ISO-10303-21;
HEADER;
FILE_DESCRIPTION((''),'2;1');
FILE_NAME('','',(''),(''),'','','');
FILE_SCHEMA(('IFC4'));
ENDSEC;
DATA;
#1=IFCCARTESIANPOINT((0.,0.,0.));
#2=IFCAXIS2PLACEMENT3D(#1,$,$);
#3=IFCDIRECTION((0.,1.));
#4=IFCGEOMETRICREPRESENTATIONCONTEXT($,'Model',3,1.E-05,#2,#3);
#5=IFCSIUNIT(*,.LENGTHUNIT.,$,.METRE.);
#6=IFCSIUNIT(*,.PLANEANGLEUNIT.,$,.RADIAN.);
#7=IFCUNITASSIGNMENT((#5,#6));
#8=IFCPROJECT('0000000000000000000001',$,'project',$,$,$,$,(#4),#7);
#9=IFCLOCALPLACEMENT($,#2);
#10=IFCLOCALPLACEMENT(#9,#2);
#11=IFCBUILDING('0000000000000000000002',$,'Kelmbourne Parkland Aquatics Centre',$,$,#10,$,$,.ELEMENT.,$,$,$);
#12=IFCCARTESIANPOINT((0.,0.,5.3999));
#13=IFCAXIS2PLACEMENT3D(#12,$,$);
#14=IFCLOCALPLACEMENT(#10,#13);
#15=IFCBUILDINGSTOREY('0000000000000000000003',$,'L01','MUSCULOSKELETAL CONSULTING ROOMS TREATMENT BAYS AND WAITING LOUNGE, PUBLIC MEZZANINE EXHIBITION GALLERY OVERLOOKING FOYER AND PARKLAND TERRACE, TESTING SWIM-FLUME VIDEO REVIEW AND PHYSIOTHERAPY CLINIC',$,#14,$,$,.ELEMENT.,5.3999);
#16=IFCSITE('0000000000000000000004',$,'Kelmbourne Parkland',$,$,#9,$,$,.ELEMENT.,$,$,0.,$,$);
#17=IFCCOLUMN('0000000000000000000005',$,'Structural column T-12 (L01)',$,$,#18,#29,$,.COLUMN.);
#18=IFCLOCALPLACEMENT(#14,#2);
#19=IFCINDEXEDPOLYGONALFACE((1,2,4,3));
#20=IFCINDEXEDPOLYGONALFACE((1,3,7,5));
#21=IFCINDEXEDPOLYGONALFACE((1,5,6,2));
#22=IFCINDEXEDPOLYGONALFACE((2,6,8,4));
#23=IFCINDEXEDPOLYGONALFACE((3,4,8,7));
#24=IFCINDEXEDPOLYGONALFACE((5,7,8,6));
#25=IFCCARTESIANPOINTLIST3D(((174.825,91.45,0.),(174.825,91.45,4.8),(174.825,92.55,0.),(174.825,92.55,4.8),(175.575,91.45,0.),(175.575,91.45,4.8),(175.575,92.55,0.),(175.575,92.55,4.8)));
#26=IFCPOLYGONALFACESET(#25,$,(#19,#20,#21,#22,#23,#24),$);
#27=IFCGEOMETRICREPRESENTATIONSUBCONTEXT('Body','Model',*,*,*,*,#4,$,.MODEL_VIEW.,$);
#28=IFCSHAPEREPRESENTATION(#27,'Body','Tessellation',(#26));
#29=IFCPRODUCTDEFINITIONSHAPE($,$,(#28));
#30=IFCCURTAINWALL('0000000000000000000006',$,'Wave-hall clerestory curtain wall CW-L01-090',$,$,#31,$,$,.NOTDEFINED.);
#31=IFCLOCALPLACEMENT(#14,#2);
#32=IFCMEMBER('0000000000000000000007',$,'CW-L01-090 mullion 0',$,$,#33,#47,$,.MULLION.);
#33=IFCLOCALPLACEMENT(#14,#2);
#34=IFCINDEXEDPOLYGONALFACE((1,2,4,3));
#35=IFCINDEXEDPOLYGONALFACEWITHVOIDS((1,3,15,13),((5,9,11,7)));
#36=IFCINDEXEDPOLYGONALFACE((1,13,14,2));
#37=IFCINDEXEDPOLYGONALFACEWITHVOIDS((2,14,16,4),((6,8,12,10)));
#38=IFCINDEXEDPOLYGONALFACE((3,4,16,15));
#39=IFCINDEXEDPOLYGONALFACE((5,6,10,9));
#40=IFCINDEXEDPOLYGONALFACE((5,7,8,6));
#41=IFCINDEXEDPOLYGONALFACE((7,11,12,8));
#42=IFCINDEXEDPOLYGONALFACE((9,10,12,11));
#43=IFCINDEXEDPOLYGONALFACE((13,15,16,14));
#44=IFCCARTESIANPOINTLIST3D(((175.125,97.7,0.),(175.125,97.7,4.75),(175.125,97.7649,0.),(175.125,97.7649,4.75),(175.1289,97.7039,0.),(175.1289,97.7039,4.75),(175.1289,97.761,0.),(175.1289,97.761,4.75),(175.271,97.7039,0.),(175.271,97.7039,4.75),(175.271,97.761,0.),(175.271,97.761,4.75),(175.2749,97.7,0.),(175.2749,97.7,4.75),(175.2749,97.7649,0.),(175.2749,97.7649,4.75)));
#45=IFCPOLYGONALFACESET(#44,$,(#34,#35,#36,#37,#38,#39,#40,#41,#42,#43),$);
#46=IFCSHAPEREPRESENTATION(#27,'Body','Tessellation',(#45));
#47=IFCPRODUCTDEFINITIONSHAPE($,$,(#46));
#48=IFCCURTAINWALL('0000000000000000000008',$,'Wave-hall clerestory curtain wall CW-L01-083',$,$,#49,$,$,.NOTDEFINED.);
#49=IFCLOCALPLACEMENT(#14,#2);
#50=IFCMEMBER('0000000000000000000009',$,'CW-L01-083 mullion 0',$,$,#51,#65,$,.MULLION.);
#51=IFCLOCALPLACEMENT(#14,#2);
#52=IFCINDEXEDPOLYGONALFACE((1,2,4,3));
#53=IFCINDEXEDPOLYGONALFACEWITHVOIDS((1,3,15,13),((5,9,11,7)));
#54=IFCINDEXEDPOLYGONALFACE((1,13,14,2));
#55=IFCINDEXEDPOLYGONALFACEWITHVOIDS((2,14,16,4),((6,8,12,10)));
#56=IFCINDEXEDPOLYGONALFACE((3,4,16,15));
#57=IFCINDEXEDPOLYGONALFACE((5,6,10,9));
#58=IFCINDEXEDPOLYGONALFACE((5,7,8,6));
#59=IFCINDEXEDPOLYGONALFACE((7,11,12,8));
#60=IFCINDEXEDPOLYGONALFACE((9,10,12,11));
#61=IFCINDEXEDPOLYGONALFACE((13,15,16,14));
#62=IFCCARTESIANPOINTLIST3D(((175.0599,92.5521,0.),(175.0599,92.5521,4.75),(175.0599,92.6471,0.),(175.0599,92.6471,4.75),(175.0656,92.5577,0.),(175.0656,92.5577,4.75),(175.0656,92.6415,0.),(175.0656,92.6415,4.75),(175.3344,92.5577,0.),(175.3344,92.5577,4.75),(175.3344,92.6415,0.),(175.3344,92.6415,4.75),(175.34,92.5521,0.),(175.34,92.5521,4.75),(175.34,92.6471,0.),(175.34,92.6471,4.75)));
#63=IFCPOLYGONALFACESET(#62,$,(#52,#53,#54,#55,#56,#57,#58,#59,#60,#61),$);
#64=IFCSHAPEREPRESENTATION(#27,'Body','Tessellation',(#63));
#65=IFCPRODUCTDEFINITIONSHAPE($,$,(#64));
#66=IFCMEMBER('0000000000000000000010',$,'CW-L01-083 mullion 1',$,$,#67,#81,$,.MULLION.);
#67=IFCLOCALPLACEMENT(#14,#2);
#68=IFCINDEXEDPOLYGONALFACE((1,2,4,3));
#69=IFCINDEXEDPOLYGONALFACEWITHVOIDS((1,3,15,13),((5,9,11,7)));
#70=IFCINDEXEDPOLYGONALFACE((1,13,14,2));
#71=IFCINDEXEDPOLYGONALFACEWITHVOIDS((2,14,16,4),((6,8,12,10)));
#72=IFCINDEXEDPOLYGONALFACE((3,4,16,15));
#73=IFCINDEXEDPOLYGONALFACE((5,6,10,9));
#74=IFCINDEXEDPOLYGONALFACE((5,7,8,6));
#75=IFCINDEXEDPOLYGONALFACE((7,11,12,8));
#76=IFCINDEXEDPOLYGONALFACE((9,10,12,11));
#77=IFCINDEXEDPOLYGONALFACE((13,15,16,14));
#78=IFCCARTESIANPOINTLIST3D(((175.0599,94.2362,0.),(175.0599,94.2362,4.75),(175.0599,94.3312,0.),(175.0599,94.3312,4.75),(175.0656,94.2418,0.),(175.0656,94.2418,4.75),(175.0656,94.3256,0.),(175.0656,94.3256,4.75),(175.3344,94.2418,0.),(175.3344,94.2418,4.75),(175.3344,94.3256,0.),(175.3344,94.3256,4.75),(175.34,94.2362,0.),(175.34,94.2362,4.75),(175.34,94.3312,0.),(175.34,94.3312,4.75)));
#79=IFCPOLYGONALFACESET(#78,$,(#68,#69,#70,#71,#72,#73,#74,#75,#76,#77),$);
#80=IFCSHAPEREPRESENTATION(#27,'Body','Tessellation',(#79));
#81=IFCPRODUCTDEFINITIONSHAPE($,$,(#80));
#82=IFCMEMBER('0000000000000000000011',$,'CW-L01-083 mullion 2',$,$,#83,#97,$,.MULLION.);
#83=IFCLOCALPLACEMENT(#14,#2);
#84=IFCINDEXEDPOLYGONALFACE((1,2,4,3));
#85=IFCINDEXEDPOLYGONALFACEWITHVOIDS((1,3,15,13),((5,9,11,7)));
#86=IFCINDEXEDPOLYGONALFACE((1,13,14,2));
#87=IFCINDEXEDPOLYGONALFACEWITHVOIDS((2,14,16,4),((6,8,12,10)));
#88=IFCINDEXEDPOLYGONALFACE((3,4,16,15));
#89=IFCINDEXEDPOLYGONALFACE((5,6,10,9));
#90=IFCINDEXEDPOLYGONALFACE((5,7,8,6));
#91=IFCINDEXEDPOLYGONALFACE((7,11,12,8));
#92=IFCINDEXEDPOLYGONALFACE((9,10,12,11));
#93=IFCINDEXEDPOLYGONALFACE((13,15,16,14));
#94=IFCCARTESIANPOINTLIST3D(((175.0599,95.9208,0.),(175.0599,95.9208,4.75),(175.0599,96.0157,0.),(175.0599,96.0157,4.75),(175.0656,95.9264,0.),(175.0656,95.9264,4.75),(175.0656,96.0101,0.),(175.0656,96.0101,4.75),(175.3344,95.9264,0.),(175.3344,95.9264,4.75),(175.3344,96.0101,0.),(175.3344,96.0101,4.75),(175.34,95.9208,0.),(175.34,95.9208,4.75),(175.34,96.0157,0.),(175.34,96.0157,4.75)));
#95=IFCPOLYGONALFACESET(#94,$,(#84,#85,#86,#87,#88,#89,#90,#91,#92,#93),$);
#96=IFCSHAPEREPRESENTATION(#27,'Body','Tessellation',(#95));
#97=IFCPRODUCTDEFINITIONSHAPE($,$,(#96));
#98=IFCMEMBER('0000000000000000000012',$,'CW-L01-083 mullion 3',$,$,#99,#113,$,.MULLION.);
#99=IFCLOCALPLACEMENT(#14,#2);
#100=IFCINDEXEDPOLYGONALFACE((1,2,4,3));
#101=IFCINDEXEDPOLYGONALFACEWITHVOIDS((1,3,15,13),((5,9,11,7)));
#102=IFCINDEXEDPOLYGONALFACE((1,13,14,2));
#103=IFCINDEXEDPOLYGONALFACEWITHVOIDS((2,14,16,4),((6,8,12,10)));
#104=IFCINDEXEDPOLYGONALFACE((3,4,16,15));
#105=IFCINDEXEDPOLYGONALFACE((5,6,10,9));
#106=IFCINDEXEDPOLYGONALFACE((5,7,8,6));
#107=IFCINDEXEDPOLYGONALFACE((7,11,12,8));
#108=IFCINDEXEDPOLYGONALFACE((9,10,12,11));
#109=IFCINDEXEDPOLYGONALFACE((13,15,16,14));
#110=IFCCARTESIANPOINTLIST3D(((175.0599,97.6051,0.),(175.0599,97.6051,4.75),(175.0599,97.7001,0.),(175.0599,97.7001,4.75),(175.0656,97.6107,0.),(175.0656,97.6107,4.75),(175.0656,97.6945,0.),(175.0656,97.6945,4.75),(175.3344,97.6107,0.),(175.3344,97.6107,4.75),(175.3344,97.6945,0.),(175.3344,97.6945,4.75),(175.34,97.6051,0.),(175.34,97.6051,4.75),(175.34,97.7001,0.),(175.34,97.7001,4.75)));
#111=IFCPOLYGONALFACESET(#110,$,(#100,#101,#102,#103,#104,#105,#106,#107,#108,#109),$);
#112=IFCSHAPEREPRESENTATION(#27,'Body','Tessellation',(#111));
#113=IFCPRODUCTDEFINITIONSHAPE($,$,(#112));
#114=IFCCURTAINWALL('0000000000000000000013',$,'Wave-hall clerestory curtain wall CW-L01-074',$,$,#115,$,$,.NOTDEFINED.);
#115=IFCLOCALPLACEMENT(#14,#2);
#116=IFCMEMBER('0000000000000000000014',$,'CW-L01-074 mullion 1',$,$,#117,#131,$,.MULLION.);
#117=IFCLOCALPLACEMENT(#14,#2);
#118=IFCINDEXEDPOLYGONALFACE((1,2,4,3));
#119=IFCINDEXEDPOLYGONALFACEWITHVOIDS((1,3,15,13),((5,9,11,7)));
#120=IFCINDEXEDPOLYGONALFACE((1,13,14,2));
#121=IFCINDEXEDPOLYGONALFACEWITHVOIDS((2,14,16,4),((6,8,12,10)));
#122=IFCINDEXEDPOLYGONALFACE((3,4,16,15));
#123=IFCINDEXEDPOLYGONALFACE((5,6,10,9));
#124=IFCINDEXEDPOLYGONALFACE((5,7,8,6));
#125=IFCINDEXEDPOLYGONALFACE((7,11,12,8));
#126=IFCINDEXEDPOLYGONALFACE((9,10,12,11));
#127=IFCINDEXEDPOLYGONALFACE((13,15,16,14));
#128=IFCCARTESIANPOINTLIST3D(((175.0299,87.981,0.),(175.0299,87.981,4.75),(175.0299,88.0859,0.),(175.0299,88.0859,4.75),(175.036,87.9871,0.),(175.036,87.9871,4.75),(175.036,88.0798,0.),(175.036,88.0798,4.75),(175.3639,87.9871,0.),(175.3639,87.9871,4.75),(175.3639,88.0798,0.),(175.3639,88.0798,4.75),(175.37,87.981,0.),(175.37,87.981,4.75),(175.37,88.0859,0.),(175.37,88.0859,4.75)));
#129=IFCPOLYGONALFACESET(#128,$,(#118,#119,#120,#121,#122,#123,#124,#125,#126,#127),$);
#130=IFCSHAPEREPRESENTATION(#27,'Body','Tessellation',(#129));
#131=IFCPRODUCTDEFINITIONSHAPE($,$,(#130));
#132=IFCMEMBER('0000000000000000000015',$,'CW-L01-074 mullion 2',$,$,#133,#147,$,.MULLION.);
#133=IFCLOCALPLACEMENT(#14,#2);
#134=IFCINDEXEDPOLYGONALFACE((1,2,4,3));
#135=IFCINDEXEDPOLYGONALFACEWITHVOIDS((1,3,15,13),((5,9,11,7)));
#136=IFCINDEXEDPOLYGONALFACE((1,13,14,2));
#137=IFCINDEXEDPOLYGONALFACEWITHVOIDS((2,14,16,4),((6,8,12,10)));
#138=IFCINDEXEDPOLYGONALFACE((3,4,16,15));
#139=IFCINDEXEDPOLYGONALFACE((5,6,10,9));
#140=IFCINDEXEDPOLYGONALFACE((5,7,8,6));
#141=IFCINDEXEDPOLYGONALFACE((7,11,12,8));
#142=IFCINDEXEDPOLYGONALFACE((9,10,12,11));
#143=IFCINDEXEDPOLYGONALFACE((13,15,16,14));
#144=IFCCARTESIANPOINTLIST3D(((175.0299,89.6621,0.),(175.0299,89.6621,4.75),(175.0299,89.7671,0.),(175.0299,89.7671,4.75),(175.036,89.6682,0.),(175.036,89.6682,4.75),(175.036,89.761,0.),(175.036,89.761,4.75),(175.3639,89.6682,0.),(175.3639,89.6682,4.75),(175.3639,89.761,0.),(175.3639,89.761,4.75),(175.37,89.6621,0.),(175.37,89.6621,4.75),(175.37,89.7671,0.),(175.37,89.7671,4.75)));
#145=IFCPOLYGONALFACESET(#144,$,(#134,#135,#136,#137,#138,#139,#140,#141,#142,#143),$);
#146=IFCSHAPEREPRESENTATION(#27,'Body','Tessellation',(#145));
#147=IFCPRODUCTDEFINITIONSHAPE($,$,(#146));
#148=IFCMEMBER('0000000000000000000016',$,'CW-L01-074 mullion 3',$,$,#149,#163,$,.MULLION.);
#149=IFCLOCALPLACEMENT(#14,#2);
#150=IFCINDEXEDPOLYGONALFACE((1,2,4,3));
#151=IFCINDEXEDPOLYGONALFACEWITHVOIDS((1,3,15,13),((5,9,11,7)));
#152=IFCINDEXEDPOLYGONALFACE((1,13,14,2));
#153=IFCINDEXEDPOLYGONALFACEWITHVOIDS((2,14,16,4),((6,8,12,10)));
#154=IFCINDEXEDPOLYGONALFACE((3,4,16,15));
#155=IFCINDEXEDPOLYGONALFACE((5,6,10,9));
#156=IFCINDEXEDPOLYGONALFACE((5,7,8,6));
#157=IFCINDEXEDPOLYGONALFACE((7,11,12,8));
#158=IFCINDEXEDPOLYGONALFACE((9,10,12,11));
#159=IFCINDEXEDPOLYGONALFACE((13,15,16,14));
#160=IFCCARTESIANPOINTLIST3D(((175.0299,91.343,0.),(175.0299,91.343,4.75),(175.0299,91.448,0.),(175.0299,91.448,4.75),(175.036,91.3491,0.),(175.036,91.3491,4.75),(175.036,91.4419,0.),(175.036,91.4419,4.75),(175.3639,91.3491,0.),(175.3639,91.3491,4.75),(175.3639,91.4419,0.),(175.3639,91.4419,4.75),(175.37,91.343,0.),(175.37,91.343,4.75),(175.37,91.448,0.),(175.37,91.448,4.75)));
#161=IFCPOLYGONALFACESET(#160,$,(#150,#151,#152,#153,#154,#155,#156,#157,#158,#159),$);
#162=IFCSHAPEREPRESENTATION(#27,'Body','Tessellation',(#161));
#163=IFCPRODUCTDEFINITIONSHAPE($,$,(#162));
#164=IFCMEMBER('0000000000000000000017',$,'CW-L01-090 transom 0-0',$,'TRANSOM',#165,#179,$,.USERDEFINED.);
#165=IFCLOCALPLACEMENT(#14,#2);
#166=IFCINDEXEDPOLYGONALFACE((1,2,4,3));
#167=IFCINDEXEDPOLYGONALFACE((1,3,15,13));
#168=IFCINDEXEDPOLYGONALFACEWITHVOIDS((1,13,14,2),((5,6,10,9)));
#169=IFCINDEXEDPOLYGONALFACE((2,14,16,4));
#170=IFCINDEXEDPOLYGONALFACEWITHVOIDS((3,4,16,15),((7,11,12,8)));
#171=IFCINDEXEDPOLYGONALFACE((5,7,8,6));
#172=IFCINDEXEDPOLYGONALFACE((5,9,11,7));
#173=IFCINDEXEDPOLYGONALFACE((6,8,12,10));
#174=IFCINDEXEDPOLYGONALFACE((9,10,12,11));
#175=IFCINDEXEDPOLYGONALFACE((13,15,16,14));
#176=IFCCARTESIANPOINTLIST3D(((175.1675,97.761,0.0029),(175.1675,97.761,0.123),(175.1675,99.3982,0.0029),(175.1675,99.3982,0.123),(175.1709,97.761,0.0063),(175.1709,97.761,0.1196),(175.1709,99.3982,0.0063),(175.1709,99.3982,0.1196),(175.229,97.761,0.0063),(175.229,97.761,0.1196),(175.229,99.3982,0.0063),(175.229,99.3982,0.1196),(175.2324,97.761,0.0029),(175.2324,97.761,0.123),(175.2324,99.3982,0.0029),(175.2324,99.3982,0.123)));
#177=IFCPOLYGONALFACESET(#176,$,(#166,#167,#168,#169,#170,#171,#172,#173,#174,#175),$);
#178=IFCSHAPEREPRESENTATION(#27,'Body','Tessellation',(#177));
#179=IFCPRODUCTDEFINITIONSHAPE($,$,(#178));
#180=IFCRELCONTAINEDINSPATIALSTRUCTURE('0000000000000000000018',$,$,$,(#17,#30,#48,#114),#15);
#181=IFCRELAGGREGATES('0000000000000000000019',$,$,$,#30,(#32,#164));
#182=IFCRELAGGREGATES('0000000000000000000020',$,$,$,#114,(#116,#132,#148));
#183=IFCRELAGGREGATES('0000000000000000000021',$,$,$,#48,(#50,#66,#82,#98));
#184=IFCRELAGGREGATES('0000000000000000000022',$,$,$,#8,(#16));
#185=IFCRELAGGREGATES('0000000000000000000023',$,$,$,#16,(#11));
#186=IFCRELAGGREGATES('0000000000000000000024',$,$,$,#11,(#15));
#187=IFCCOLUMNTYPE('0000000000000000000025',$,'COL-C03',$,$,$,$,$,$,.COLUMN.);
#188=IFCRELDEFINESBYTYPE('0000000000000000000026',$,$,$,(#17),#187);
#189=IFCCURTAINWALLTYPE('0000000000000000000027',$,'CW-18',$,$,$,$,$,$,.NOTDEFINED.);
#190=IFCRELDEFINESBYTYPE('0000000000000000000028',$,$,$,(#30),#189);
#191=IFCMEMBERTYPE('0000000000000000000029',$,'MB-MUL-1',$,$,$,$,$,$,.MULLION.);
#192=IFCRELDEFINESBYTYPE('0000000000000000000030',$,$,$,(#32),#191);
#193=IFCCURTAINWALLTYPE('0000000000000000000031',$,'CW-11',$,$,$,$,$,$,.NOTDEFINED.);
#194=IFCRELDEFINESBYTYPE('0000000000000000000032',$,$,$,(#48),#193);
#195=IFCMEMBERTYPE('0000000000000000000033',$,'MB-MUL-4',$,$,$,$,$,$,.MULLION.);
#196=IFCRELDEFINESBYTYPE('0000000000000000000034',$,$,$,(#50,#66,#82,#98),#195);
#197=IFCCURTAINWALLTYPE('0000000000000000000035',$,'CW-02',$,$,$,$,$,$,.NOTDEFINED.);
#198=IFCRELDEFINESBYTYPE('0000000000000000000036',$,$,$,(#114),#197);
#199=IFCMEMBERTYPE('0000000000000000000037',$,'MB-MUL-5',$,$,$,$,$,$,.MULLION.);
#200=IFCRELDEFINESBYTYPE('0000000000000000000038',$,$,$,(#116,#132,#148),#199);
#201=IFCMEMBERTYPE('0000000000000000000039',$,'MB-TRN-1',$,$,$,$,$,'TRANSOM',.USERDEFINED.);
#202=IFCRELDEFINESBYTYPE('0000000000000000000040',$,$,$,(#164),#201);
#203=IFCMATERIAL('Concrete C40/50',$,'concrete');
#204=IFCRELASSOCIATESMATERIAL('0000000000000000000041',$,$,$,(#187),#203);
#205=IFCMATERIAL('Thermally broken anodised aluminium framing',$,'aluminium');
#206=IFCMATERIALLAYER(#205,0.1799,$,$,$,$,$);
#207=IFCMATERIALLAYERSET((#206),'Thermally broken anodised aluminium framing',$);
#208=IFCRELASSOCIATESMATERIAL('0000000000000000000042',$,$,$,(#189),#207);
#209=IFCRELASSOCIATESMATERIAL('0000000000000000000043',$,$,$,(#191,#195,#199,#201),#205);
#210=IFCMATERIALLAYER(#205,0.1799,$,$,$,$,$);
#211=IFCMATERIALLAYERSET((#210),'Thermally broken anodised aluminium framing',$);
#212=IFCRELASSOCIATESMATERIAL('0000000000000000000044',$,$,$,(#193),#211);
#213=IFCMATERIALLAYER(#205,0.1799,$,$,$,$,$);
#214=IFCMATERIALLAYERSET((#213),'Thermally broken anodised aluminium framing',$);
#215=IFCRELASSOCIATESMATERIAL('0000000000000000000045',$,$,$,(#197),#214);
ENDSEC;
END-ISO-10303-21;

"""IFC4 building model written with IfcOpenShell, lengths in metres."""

from ifc_helpers import new_model, si_unit, direction, frame, origin, origin_2d, place, context, subcontext, project, spatial, rectangle, hollow_rectangle, extrude, material, layer, layer_set, material_profile, profile_set, type_object, element, aggregate, save


model = new_model("IFC4")

# Units and contexts
model_context = context("Model", 3, precision=1e-05, world=origin(), true_north=direction((0.0, 1.0)))
body_context = subcontext(model_context, "Body", "Model", "MODEL_VIEW")
ifc_project = project(units=[si_unit("LENGTHUNIT", "METRE"), si_unit("PLANEANGLEUNIT", "RADIAN")], contexts=[model_context])

# Site, building, storey
site_placement = place(None, origin())
site = spatial("IfcSite", under=ifc_project, at=site_placement, Name="Kelmbourne Parkland", CompositionType="ELEMENT", RefElevation=0.0)
building_placement = place(site_placement, origin())
building = spatial("IfcBuilding", under=site, at=building_placement, Name="Kelmbourne Parkland Aquatics Centre", CompositionType="ELEMENT")
storey_placement = place(building_placement, frame((0.0, 0.0, 5.3999)))
storey = spatial("IfcBuildingStorey", under=building, at=storey_placement, Name="L01", Description="MUSCULOSKELETAL CONSULTING ROOMS TREATMENT BAYS AND WAITING LOUNGE, PUBLIC MEZZANINE EXHIBITION GALLERY OVERLOOKING FOYER AND PARKLAND TERRACE, TESTING SWIM-FLUME VIDEO REVIEW AND PHYSIOTHERAPY CLINIC", CompositionType="ELEMENT", Elevation=5.3999)

# Column
ifc_material_1 = material(Name="Concrete C40/50", Category="concrete")
ifc_material_profile_1 = material_profile(ifc_material_1, rectangle(XDim=0.75, YDim=1.1001, at=origin_2d()), Name="RC 750x1100")
ifc_profile_set_1 = profile_set([ifc_material_profile_1], Name="Concrete C40/50")
column_type = type_object("IfcColumnType", Name="COL-C03", PredefinedType="COLUMN", material=ifc_profile_set_1)
column_placement = place(storey_placement, frame((175.2, 92.0, 0.0), z_axis=(0.0, 0.0, 1.0), x_axis=(1.0, 0.0, 0.0)))
element("IfcColumn", 1, at=column_placement, inside=storey, type_object=column_type, Name="Structural column T-12 (L01)", PredefinedType="COLUMN", context=body_context, shape_type="SweptSolid", body=[
    extrude(rectangle(XDim=0.75, YDim=1.1001, at=origin_2d()), origin(), (0.0, 0.0, 1.0), 4.8),
])

# Curtain wall, member
ifc_material_2 = material(Name="Thermally broken anodised aluminium framing", Category="aluminium")
ifc_layer_1 = layer(ifc_material_2, 0.1799)
ifc_layer_set_1 = layer_set([ifc_layer_1], Name="Thermally broken anodised aluminium framing")
curtain_wall_type_1 = type_object("IfcCurtainWallType", Name="CW-18", PredefinedType="NOTDEFINED", material=ifc_layer_set_1)
curtain_wall_1_placement = place(storey_placement, origin())
curtain_wall_1 = element("IfcCurtainWall", 2, at=curtain_wall_1_placement, inside=storey, type_object=curtain_wall_type_1, Name="Wave-hall clerestory curtain wall CW-L01-090", PredefinedType="NOTDEFINED")
ifc_material_profile_2 = material_profile(ifc_material_2, hollow_rectangle(XDim=0.0649, YDim=0.1499, WallThickness=0.0039, at=origin_2d()), Name="CW-M 65x150")
ifc_profile_set_2 = profile_set([ifc_material_profile_2], Name="Thermally broken anodised aluminium framing")
member_type_1 = type_object("IfcMemberType", Name="MB-MUL-1", PredefinedType="MULLION", material=ifc_profile_set_2)
member_1_placement = place(storey_placement, frame((175.2, 97.7324, 0.0), z_axis=(0.0, 0.0, 1.0), x_axis=(0.0, 1.0, 0.0)))
member_1 = element("IfcMember", 3, at=member_1_placement, type_object=member_type_1, Name="CW-L01-090 mullion 0", PredefinedType="MULLION", context=body_context, shape_type="SweptSolid", body=[
    extrude(hollow_rectangle(XDim=0.0649, YDim=0.1499, WallThickness=0.0039, at=origin_2d()), origin(), (0.0, 0.0, 1.0), 4.75),
])

# Curtain walls, members
ifc_layer_2 = layer(ifc_material_2, 0.1799)
ifc_layer_set_2 = layer_set([ifc_layer_2], Name="Thermally broken anodised aluminium framing")
curtain_wall_type_2 = type_object("IfcCurtainWallType", Name="CW-11", PredefinedType="NOTDEFINED", material=ifc_layer_set_2)
curtain_wall_2_placement = place(storey_placement, origin())
curtain_wall_2 = element("IfcCurtainWall", 4, at=curtain_wall_2_placement, inside=storey, type_object=curtain_wall_type_2, Name="Wave-hall clerestory curtain wall CW-L01-083", PredefinedType="NOTDEFINED")
ifc_material_profile_3 = material_profile(ifc_material_2, hollow_rectangle(XDim=0.095, YDim=0.28, WallThickness=0.0056, at=origin_2d()), Name="CW-M 95x280")
ifc_profile_set_3 = profile_set([ifc_material_profile_3], Name="Thermally broken anodised aluminium framing")
member_type_2 = type_object("IfcMemberType", Name="MB-MUL-4", PredefinedType="MULLION", material=ifc_profile_set_3)
member_2_placement = place(storey_placement, frame((175.2, 92.5996, 0.0), z_axis=(0.0, 0.0, 1.0), x_axis=(0.0, 1.0, 0.0)))
member_2 = element("IfcMember", 5, at=member_2_placement, type_object=member_type_2, Name="CW-L01-083 mullion 0", PredefinedType="MULLION", context=body_context, shape_type="SweptSolid", body=[
    extrude(hollow_rectangle(XDim=0.095, YDim=0.28, WallThickness=0.0056, at=origin_2d()), origin(), (0.0, 0.0, 1.0), 4.75),
])
member_3_placement = place(storey_placement, frame((175.2, 94.2837, 0.0), z_axis=(0.0, 0.0, 1.0), x_axis=(0.0, 1.0, 0.0)))
member_3 = element("IfcMember", 6, at=member_3_placement, type_object=member_type_2, Name="CW-L01-083 mullion 1", PredefinedType="MULLION", context=body_context, shape_type="SweptSolid", body=[
    extrude(hollow_rectangle(XDim=0.095, YDim=0.28, WallThickness=0.0056, at=origin_2d()), origin(), (0.0, 0.0, 1.0), 4.75),
])
member_4_placement = place(storey_placement, frame((175.2, 95.9683, 0.0), z_axis=(0.0, 0.0, 1.0), x_axis=(0.0, 1.0, 0.0)))
member_4 = element("IfcMember", 7, at=member_4_placement, type_object=member_type_2, Name="CW-L01-083 mullion 2", PredefinedType="MULLION", context=body_context, shape_type="SweptSolid", body=[
    extrude(hollow_rectangle(XDim=0.095, YDim=0.28, WallThickness=0.0056, at=origin_2d()), origin(), (0.0, 0.0, 1.0), 4.75),
])
member_5_placement = place(storey_placement, frame((175.2, 97.6526, 0.0), z_axis=(0.0, 0.0, 1.0), x_axis=(0.0, 1.0, 0.0)))
member_5 = element("IfcMember", 8, at=member_5_placement, type_object=member_type_2, Name="CW-L01-083 mullion 3", PredefinedType="MULLION", context=body_context, shape_type="SweptSolid", body=[
    extrude(hollow_rectangle(XDim=0.095, YDim=0.28, WallThickness=0.0056, at=origin_2d()), origin(), (0.0, 0.0, 1.0), 4.75),
])
ifc_layer_3 = layer(ifc_material_2, 0.1799)
ifc_layer_set_3 = layer_set([ifc_layer_3], Name="Thermally broken anodised aluminium framing")
curtain_wall_type_3 = type_object("IfcCurtainWallType", Name="CW-02", PredefinedType="NOTDEFINED", material=ifc_layer_set_3)
curtain_wall_3_placement = place(storey_placement, origin())
curtain_wall_3 = element("IfcCurtainWall", 9, at=curtain_wall_3_placement, inside=storey, type_object=curtain_wall_type_3, Name="Wave-hall clerestory curtain wall CW-L01-074", PredefinedType="NOTDEFINED")
ifc_material_profile_4 = material_profile(ifc_material_2, hollow_rectangle(XDim=0.105, YDim=0.3401, WallThickness=0.0061, at=origin_2d()), Name="CW-M 105x340")
ifc_profile_set_4 = profile_set([ifc_material_profile_4], Name="Thermally broken anodised aluminium framing")
member_type_3 = type_object("IfcMemberType", Name="MB-MUL-5", PredefinedType="MULLION", material=ifc_profile_set_4)
member_6_placement = place(storey_placement, frame((175.2, 88.0334, 0.0), z_axis=(0.0, 0.0, 1.0), x_axis=(0.0, 1.0, 0.0)))
member_6 = element("IfcMember", 10, at=member_6_placement, type_object=member_type_3, Name="CW-L01-074 mullion 1", PredefinedType="MULLION", context=body_context, shape_type="SweptSolid", body=[
    extrude(hollow_rectangle(XDim=0.105, YDim=0.3401, WallThickness=0.0061, at=origin_2d()), origin(), (0.0, 0.0, 1.0), 4.75),
])
member_7_placement = place(storey_placement, frame((175.2, 89.7146, 0.0), z_axis=(0.0, 0.0, 1.0), x_axis=(0.0, 1.0, 0.0)))
member_7 = element("IfcMember", 11, at=member_7_placement, type_object=member_type_3, Name="CW-L01-074 mullion 2", PredefinedType="MULLION", context=body_context, shape_type="SweptSolid", body=[
    extrude(hollow_rectangle(XDim=0.105, YDim=0.3401, WallThickness=0.0061, at=origin_2d()), origin(), (0.0, 0.0, 1.0), 4.75),
])
member_8_placement = place(storey_placement, frame((175.2, 91.3955, 0.0), z_axis=(0.0, 0.0, 1.0), x_axis=(0.0, 1.0, 0.0)))
member_8 = element("IfcMember", 12, at=member_8_placement, type_object=member_type_3, Name="CW-L01-074 mullion 3", PredefinedType="MULLION", context=body_context, shape_type="SweptSolid", body=[
    extrude(hollow_rectangle(XDim=0.105, YDim=0.3401, WallThickness=0.0061, at=origin_2d()), origin(), (0.0, 0.0, 1.0), 4.75),
])

# Member
ifc_material_profile_5 = material_profile(ifc_material_2, hollow_rectangle(XDim=0.0649, YDim=0.1201, WallThickness=0.0034, at=origin_2d()), Name="CW-T 65x120")
ifc_profile_set_5 = profile_set([ifc_material_profile_5], Name="Thermally broken anodised aluminium framing")
member_type_4 = type_object("IfcMemberType", Name="MB-TRN-1", ElementType="TRANSOM", PredefinedType="USERDEFINED", material=ifc_profile_set_5)
member_9_placement = place(storey_placement, frame((175.2, 97.761, 0.063), z_axis=(0.0, 1.0, 0.0), x_axis=(-1.0, 0.0, 0.0)))
member_9 = element("IfcMember", 13, at=member_9_placement, type_object=member_type_4, Name="CW-L01-090 transom 0-0", ObjectType="TRANSOM", PredefinedType="USERDEFINED", context=body_context, shape_type="SweptSolid", body=[
    extrude(hollow_rectangle(XDim=0.0649, YDim=0.1201, WallThickness=0.0034, at=origin_2d()), origin(), (0.0, 0.0, 1.0), 1.6372),
])
aggregate(curtain_wall_1, [member_1, member_9])

aggregate(curtain_wall_3, [member_6, member_7, member_8])
aggregate(curtain_wall_2, [member_2, member_3, member_4, member_5])

save(model, "model.ifc")
